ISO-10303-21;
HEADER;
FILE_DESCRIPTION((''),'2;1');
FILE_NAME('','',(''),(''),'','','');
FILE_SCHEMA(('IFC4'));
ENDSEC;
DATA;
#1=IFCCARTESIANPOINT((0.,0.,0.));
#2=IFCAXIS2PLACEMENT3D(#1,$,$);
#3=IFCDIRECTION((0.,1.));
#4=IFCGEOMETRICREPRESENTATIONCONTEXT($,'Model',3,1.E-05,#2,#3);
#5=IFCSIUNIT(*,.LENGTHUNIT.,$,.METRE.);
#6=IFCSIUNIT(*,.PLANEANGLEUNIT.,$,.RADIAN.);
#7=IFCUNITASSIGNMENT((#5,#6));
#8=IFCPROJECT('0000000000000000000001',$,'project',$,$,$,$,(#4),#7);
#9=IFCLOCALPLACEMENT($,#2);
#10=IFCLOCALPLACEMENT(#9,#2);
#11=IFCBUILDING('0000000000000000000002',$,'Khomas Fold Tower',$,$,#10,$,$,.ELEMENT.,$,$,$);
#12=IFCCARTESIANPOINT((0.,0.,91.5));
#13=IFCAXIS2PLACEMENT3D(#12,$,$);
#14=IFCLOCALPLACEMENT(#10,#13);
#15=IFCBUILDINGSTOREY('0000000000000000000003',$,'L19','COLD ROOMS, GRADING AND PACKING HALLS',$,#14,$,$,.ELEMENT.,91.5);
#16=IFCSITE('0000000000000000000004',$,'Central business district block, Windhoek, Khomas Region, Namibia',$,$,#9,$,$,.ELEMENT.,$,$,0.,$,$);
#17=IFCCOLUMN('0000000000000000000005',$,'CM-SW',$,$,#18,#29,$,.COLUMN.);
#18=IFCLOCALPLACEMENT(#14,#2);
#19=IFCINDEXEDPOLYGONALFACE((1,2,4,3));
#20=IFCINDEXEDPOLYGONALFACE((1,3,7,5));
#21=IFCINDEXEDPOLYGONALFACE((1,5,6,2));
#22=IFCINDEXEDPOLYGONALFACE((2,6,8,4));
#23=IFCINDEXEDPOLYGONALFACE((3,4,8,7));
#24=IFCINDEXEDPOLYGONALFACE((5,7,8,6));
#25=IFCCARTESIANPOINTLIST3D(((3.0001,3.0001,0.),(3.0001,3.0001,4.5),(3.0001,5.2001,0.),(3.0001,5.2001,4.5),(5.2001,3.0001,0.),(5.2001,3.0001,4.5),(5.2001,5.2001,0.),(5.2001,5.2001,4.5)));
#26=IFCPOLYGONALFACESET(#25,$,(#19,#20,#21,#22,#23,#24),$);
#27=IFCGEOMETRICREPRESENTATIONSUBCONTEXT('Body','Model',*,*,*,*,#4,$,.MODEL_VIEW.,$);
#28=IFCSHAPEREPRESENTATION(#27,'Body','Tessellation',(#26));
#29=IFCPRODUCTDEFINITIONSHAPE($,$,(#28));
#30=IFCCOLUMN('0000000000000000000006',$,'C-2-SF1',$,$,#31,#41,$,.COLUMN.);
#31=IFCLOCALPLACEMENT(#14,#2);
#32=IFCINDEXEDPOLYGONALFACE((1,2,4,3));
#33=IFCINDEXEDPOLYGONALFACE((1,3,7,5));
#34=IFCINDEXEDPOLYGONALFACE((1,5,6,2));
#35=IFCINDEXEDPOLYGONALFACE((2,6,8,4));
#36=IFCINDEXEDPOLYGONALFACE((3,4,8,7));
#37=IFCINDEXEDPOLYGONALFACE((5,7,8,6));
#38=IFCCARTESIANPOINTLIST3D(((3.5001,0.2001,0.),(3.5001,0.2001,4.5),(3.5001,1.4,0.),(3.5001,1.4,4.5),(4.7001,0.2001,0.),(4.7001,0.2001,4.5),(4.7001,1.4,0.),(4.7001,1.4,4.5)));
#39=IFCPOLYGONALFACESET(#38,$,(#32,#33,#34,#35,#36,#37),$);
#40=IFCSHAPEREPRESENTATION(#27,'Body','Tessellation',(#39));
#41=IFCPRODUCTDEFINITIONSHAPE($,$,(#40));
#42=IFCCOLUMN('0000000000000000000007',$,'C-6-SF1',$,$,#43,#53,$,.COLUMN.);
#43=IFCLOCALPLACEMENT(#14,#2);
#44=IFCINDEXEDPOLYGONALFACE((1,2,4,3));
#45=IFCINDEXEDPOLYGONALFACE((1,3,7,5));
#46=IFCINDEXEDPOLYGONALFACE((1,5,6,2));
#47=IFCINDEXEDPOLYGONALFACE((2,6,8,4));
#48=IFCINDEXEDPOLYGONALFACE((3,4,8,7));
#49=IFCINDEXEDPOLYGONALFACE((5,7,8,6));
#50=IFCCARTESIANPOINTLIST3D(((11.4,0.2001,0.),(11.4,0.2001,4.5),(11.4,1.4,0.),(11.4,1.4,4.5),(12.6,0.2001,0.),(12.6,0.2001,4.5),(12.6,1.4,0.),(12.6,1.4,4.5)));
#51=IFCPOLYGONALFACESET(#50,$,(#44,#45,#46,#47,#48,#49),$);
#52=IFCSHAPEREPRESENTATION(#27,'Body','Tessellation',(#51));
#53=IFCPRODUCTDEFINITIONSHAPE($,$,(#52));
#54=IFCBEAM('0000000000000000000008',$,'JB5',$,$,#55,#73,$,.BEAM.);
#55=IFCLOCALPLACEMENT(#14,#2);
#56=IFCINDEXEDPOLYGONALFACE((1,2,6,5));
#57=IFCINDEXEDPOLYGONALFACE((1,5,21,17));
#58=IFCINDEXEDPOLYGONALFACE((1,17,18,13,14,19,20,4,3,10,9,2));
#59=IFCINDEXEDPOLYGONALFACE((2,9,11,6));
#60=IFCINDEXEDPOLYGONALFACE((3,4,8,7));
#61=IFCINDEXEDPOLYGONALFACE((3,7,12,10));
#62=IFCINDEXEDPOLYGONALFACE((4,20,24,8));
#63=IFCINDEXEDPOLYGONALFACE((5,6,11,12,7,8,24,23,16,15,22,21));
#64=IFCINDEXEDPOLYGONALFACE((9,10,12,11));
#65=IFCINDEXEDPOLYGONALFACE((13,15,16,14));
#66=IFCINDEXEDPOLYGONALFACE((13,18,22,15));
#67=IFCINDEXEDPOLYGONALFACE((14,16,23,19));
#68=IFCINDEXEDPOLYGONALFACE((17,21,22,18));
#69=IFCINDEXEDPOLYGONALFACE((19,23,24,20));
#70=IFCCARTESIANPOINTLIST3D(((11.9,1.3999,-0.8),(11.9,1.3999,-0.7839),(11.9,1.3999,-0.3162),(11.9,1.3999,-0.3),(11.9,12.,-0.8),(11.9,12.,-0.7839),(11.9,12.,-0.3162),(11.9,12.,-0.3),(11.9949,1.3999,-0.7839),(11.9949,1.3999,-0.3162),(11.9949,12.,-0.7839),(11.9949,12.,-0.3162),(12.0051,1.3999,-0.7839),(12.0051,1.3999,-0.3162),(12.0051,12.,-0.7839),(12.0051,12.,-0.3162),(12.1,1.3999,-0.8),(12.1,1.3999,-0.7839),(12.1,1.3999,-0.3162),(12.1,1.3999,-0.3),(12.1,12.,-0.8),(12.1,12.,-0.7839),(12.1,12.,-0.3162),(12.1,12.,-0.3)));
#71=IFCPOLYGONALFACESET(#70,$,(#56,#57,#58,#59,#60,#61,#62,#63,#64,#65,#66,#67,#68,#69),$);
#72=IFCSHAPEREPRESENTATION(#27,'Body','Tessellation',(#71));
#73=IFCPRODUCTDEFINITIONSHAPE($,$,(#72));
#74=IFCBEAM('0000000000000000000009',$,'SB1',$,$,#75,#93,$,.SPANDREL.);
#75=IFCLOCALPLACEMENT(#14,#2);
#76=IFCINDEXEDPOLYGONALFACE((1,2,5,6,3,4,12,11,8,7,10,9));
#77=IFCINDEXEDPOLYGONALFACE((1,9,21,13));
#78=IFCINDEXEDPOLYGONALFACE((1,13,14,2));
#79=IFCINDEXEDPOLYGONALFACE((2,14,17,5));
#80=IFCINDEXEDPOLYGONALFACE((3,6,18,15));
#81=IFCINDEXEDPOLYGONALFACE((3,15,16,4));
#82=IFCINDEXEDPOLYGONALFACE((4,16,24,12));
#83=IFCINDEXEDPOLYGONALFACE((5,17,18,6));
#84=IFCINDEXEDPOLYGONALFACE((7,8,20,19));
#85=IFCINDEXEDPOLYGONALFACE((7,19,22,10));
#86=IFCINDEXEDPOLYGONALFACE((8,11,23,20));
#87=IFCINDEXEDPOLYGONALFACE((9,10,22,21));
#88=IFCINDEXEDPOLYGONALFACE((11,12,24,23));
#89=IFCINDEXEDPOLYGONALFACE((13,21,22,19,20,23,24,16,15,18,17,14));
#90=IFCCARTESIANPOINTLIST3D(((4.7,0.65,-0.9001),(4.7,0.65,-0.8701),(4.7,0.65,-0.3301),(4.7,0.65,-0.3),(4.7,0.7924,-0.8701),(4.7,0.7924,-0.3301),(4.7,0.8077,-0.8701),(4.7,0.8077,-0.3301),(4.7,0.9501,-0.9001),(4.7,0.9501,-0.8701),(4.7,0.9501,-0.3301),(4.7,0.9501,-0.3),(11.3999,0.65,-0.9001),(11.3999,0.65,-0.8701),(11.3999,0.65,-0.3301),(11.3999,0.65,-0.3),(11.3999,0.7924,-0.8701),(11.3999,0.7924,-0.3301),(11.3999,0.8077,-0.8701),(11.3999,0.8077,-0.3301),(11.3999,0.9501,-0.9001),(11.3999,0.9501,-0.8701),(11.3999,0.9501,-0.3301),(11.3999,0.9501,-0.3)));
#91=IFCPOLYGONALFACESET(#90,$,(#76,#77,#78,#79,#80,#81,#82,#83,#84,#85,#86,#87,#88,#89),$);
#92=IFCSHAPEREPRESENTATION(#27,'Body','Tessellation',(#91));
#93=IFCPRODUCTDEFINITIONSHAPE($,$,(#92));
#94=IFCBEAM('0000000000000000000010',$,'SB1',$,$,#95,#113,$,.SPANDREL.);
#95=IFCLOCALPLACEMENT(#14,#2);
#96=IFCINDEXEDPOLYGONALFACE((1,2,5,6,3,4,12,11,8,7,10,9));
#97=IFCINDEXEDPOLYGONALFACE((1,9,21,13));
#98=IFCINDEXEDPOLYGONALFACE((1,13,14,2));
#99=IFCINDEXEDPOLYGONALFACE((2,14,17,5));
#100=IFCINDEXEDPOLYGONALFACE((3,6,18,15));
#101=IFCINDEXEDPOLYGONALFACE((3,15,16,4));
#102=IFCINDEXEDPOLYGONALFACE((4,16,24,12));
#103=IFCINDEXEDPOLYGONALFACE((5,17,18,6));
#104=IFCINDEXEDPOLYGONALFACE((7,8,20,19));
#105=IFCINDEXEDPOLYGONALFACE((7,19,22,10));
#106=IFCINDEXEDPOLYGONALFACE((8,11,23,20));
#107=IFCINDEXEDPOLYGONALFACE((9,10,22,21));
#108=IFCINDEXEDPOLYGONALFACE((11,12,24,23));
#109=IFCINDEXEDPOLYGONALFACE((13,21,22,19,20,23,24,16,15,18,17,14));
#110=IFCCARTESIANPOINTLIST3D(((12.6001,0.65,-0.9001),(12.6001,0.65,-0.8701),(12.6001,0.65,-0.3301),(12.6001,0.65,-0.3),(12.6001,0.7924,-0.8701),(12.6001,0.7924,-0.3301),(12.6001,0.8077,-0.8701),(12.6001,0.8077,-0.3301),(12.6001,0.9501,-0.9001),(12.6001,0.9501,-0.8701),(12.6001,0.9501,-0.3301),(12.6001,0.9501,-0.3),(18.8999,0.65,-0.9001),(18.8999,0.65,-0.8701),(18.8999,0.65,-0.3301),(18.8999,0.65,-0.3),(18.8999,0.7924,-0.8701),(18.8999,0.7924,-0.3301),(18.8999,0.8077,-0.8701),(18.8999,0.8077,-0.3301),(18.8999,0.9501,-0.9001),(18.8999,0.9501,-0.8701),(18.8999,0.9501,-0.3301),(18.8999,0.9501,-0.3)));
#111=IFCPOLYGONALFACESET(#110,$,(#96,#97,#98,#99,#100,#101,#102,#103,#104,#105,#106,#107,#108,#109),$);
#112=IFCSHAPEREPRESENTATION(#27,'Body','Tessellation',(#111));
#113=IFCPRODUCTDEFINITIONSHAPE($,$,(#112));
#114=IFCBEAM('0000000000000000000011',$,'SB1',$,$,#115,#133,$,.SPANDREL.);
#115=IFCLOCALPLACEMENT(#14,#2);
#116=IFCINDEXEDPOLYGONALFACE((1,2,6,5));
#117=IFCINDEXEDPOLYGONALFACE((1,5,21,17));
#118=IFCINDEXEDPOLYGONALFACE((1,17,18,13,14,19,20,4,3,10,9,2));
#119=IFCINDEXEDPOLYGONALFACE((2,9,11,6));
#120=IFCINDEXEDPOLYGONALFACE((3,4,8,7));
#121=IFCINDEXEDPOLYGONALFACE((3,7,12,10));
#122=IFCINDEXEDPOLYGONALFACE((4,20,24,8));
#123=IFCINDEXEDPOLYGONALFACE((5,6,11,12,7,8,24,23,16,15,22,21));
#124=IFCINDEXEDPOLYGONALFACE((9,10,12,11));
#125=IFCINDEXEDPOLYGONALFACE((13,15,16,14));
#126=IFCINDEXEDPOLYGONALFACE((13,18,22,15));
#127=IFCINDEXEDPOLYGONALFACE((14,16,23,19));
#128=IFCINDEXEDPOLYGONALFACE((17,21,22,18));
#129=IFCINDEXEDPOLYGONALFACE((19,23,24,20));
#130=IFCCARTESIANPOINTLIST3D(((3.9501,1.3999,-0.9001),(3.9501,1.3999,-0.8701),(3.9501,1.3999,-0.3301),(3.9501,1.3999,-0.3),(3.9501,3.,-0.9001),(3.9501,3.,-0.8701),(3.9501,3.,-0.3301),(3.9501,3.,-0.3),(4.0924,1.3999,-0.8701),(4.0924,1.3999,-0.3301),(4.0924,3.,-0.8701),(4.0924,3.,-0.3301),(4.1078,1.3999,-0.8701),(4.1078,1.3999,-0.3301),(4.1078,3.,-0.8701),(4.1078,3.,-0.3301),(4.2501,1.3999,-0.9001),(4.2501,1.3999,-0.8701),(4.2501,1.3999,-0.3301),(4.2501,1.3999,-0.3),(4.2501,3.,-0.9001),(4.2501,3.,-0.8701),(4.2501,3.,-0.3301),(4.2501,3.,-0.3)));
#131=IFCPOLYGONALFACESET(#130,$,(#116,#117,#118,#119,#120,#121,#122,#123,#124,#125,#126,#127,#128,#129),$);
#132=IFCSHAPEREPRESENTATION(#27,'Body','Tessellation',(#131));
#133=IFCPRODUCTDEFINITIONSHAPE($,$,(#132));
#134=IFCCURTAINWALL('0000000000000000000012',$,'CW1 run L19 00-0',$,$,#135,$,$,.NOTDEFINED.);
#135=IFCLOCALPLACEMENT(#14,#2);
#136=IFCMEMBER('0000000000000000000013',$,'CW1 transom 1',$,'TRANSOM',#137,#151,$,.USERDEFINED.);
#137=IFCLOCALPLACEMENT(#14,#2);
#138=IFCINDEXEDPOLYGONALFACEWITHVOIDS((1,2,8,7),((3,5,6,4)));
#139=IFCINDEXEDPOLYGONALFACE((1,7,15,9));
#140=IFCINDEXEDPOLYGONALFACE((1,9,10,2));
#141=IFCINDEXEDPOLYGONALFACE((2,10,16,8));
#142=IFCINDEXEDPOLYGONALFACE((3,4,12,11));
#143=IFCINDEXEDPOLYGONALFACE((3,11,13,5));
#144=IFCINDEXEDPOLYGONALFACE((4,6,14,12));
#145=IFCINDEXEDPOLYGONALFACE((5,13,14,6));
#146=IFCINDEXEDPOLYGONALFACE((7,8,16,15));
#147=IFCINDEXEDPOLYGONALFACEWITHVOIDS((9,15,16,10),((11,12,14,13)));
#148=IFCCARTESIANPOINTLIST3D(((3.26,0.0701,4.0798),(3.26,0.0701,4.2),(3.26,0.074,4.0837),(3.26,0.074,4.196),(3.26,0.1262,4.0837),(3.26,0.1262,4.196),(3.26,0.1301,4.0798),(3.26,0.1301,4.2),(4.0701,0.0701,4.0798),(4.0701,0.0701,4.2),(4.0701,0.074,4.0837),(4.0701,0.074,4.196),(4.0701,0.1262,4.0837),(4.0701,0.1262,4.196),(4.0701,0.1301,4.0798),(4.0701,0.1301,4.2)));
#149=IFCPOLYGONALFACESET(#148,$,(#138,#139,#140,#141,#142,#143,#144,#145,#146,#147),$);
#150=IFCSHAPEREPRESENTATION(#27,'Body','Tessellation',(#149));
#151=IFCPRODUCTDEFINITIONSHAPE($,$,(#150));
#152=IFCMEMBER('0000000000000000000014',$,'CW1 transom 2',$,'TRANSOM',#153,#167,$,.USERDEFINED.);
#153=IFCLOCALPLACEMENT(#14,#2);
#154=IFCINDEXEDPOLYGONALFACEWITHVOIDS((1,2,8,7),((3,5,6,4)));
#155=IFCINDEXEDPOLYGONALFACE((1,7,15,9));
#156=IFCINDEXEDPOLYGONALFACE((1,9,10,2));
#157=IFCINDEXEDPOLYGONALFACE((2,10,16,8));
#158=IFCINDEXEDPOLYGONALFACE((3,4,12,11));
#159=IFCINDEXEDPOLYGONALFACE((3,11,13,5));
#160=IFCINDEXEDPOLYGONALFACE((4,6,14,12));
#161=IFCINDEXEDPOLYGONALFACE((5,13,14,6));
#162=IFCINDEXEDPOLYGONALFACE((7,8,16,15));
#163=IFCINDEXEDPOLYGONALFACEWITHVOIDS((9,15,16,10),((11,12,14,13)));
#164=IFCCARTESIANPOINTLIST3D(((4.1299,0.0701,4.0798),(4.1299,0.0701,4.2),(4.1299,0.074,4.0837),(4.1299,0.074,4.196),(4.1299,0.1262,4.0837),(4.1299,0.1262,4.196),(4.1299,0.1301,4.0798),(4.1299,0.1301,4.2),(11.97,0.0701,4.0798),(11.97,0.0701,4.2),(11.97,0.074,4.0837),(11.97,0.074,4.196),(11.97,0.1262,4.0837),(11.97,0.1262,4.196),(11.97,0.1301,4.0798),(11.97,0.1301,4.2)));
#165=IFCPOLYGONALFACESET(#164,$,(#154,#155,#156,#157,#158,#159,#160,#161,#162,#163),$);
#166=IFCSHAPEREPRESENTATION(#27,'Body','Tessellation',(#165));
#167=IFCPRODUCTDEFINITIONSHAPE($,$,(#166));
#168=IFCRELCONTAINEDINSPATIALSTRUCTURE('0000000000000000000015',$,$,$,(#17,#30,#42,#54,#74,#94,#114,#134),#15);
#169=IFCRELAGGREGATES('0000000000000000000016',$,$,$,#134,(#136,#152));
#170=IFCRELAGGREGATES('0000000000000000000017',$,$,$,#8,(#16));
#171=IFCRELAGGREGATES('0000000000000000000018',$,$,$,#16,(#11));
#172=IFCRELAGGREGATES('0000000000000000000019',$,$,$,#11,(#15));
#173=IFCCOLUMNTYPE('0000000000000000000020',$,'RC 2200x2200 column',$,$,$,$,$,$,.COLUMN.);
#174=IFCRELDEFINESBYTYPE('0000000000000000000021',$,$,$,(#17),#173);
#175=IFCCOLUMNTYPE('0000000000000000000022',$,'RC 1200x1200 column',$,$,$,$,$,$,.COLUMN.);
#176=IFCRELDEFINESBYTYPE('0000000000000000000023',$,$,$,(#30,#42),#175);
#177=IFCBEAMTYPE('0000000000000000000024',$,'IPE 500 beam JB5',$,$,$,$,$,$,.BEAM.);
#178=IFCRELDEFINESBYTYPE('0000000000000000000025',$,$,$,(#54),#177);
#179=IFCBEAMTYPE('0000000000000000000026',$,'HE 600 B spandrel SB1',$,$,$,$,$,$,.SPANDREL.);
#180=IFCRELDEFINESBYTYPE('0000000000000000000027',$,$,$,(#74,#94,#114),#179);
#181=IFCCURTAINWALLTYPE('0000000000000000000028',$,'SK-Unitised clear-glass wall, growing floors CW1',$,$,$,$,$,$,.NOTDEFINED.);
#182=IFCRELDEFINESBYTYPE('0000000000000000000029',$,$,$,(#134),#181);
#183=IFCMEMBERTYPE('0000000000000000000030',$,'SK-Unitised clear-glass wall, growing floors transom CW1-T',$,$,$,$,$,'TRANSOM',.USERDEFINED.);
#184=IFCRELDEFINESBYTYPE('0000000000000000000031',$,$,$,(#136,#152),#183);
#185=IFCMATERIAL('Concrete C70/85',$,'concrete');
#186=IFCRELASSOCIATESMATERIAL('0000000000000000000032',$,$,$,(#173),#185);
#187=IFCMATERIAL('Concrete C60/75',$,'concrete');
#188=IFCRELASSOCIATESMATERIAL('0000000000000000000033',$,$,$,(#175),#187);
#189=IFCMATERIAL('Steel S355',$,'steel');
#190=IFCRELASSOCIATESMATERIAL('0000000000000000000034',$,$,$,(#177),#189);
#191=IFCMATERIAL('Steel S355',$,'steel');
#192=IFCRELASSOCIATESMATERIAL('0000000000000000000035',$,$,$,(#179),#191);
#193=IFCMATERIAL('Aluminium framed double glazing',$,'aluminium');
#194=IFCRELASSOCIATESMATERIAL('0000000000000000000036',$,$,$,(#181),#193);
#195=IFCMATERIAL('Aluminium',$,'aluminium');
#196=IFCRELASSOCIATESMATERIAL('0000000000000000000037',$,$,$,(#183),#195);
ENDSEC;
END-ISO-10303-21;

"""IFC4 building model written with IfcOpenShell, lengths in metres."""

from ifc_helpers import new_model, si_unit, direction, frame, origin, origin_2d, place, context, subcontext, project, spatial, rectangle, hollow_rectangle, i_section, extrude, source, transform, mapped, material, material_profile, profile_set, type_object, element, aggregate, save


model = new_model("IFC4")

# Units and contexts
model_context = context("Model", 3, precision=1e-05, world=origin(), true_north=direction((0.0, 1.0)))
body_context = subcontext(model_context, "Body", "Model", "MODEL_VIEW")
ifc_project = project(units=[si_unit("LENGTHUNIT", "METRE"), si_unit("PLANEANGLEUNIT", "RADIAN")], contexts=[model_context])

# Site, building, storey
site_placement = place(None, origin())
site = spatial("IfcSite", under=ifc_project, at=site_placement, Name="Central business district block, Windhoek, Khomas Region, Namibia", CompositionType="ELEMENT", RefElevation=0.0)
building_placement = place(site_placement, origin())
building = spatial("IfcBuilding", under=site, at=building_placement, Name="Khomas Fold Tower", CompositionType="ELEMENT")
storey_placement = place(building_placement, frame((0.0, 0.0, 91.5)))
storey = spatial("IfcBuildingStorey", under=building, at=storey_placement, Name="L19", Description="COLD ROOMS, GRADING AND PACKING HALLS", CompositionType="ELEMENT", Elevation=91.5)

# Columns
ifc_material_1 = material(Name="Concrete C70/85", Category="concrete")
ifc_material_profile_1 = material_profile(ifc_material_1, rectangle(XDim=2.2, YDim=2.2, at=origin_2d()), Name="RC 2200x2200")
ifc_profile_set_1 = profile_set([ifc_material_profile_1], Name="Concrete C70/85")
column_type_1 = type_object("IfcColumnType", Name="RC 2200x2200 column", PredefinedType="COLUMN", material=ifc_profile_set_1)
shared_shape_1 = source(origin(), body_context, "Body", "SweptSolid", [
    extrude(rectangle(XDim=2.2, YDim=2.2, at=origin_2d()), origin(), (0.0, 0.0, 1.0), 4.5),
])
column_placement = place(storey_placement, frame((4.1001, 4.1001, 0.0), z_axis=(0.0, 0.0, 1.0), x_axis=(1.0, 0.0, 0.0)))
element("IfcColumn", 1, at=column_placement, inside=storey, type_object=column_type_1, Name="CM-SW", PredefinedType="COLUMN", context=body_context, shape_type="MappedRepresentation", body=[
    mapped(shared_shape_1, transform((0.0, 0.0, 0.0))),
])
ifc_material_2 = material(Name="Concrete C60/75", Category="concrete")
ifc_material_profile_2 = material_profile(ifc_material_2, rectangle(XDim=1.2, YDim=1.2, at=origin_2d()), Name="RC 1200x1200")
ifc_profile_set_2 = profile_set([ifc_material_profile_2], Name="Concrete C60/75")
column_type_2 = type_object("IfcColumnType", Name="RC 1200x1200 column", PredefinedType="COLUMN", material=ifc_profile_set_2)
shared_shape_2 = source(origin(), body_context, "Body", "SweptSolid", [
    extrude(rectangle(XDim=1.2, YDim=1.2, at=origin_2d()), origin(), (0.0, 0.0, 1.0), 4.5),
])
for number, where, z_axis, x_axis, name in (
    (2, (4.1001, 0.8, 0.0), (0.0, 0.0, 1.0), (1.0, 0.0, 0.0), "C-2-SF1"),
    (3, (12.0, 0.8, 0.0), (0.0, 0.0, 1.0), (1.0, 0.0, 0.0), "C-6-SF1"),
):
    element("IfcColumn", number, at=place(storey_placement, frame(where, z_axis=z_axis, x_axis=x_axis)), inside=storey, type_object=column_type_2, Name=name, PredefinedType="COLUMN", context=body_context, shape_type="MappedRepresentation", body=[
        mapped(shared_shape_2, transform((0.0, 0.0, 0.0))),
    ])

# Beams
ifc_material_3 = material(Name="Steel S355", Category="steel")
ifc_material_profile_3 = material_profile(ifc_material_3, i_section(OverallWidth=0.2, OverallDepth=0.5, WebThickness=0.0103, FlangeThickness=0.0161, at=origin_2d()), Name="IPE 500")
ifc_profile_set_3 = profile_set([ifc_material_profile_3], Name="Steel S355")
beam_type_1 = type_object("IfcBeamType", Name="IPE 500 beam JB5", PredefinedType="BEAM", material=ifc_profile_set_3)
shared_shape_3 = source(origin(), body_context, "Body", "SweptSolid", [
    extrude(i_section(OverallWidth=0.2, OverallDepth=0.5, WebThickness=0.0103, FlangeThickness=0.0161, at=origin_2d()), origin(), (0.0, 0.0, 1.0), 10.6001),
])
beam_1_placement = place(storey_placement, frame((12.0, 1.3999, -0.55), z_axis=(0.0, 1.0, 0.0), x_axis=(-1.0, 0.0, 0.0)))
element("IfcBeam", 4, at=beam_1_placement, inside=storey, type_object=beam_type_1, Name="JB5", PredefinedType="BEAM", context=body_context, shape_type="MappedRepresentation", body=[
    mapped(shared_shape_3, transform((0.0, 0.0, 0.0))),
])
ifc_material_4 = material(Name="Steel S355", Category="steel")
ifc_material_profile_4 = material_profile(ifc_material_4, i_section(OverallWidth=0.3, OverallDepth=0.6001, WebThickness=0.0154, FlangeThickness=0.03, at=origin_2d()), Name="HE 600 B")
ifc_profile_set_4 = profile_set([ifc_material_profile_4], Name="Steel S355")
beam_type_2 = type_object("IfcBeamType", Name="HE 600 B spandrel SB1", PredefinedType="SPANDREL", material=ifc_profile_set_4)
shared_shape_4 = source(origin(), body_context, "Body", "SweptSolid", [
    extrude(i_section(OverallWidth=0.3, OverallDepth=0.6001, WebThickness=0.0154, FlangeThickness=0.03, at=origin_2d()), origin(), (0.0, 0.0, 1.0), 6.7),
])
beam_2_placement = place(storey_placement, frame((4.7, 0.8, -0.6001), z_axis=(1.0, 0.0, 0.0), x_axis=(0.0, 1.0, 0.0)))
element("IfcBeam", 5, at=beam_2_placement, inside=storey, type_object=beam_type_2, Name="SB1", PredefinedType="SPANDREL", context=body_context, shape_type="MappedRepresentation", body=[
    mapped(shared_shape_4, transform((0.0, 0.0, 0.0))),
])
shared_shape_5 = source(origin(), body_context, "Body", "SweptSolid", [
    extrude(i_section(OverallWidth=0.3, OverallDepth=0.6001, WebThickness=0.0154, FlangeThickness=0.03, at=origin_2d()), origin(), (0.0, 0.0, 1.0), 6.2998),
])
beam_3_placement = place(storey_placement, frame((12.6001, 0.8, -0.6001), z_axis=(1.0, 0.0, 0.0), x_axis=(0.0, 1.0, 0.0)))
element("IfcBeam", 6, at=beam_3_placement, inside=storey, type_object=beam_type_2, Name="SB1", PredefinedType="SPANDREL", context=body_context, shape_type="MappedRepresentation", body=[
    mapped(shared_shape_5, transform((0.0, 0.0, 0.0))),
])
shared_shape_6 = source(origin(), body_context, "Body", "SweptSolid", [
    extrude(i_section(OverallWidth=0.3, OverallDepth=0.6001, WebThickness=0.0154, FlangeThickness=0.03, at=origin_2d()), origin(), (0.0, 0.0, 1.0), 1.6001),
])
beam_4_placement = place(storey_placement, frame((4.1001, 1.3999, -0.6001), z_axis=(0.0, 1.0, 0.0), x_axis=(-1.0, 0.0, 0.0)))
element("IfcBeam", 7, at=beam_4_placement, inside=storey, type_object=beam_type_2, Name="SB1", PredefinedType="SPANDREL", context=body_context, shape_type="MappedRepresentation", body=[
    mapped(shared_shape_6, transform((0.0, 0.0, 0.0))),
])

# Curtain wall, members
ifc_material_5 = material(Name="Aluminium framed double glazing", Category="aluminium")
curtain_wall_type = type_object("IfcCurtainWallType", Name="SK-Unitised clear-glass wall, growing floors CW1", PredefinedType="NOTDEFINED", material=ifc_material_5)
curtain_wall_1_placement = place(storey_placement, origin())
curtain_wall_1 = element("IfcCurtainWall", 8, at=curtain_wall_1_placement, inside=storey, type_object=curtain_wall_type, Name="CW1 run L19 00-0", PredefinedType="NOTDEFINED")
ifc_material_6 = material(Name="Aluminium", Category="aluminium")
ifc_material_profile_5 = material_profile(ifc_material_6, hollow_rectangle(XDim=0.0601, YDim=0.1201, WallThickness=0.0039, at=origin_2d()), Name="SK-Unitised clear-glass wall, growing floors transom CW1-T")
ifc_profile_set_5 = profile_set([ifc_material_profile_5], Name="Aluminium")
member_type_1 = type_object("IfcMemberType", Name="SK-Unitised clear-glass wall, growing floors transom CW1-T", ElementType="TRANSOM", PredefinedType="USERDEFINED", material=ifc_profile_set_5)
shared_shape_7 = source(origin(), body_context, "Body", "SweptSolid", [
    extrude(hollow_rectangle(XDim=0.0601, YDim=0.1201, WallThickness=0.0039, at=origin_2d()), origin(), (0.0, 0.0, 1.0), 0.8101),
])
member_1_placement = place(storey_placement, frame((3.26, 0.1001, 4.1399), z_axis=(1.0, 0.0, 0.0), x_axis=(0.0, 1.0, 0.0)))
member_1 = element("IfcMember", 9, at=member_1_placement, type_object=member_type_1, Name="CW1 transom 1", ObjectType="TRANSOM", PredefinedType="USERDEFINED", context=body_context, shape_type="MappedRepresentation", body=[
    mapped(shared_shape_7, transform((0.0, 0.0, 0.0))),
])
shared_shape_8 = source(origin(), body_context, "Body", "SweptSolid", [
    extrude(hollow_rectangle(XDim=0.0601, YDim=0.1201, WallThickness=0.0039, at=origin_2d()), origin(), (0.0, 0.0, 1.0), 7.8401),
])
member_2_placement = place(storey_placement, frame((4.1299, 0.1001, 4.1399), z_axis=(1.0, 0.0, 0.0), x_axis=(0.0, 1.0, 0.0)))
member_2 = element("IfcMember", 10, at=member_2_placement, type_object=member_type_1, Name="CW1 transom 2", ObjectType="TRANSOM", PredefinedType="USERDEFINED", context=body_context, shape_type="MappedRepresentation", body=[
    mapped(shared_shape_8, transform((0.0, 0.0, 0.0))),
])

aggregate(curtain_wall_1, [member_1, member_2])

save(model, "model.ifc")
